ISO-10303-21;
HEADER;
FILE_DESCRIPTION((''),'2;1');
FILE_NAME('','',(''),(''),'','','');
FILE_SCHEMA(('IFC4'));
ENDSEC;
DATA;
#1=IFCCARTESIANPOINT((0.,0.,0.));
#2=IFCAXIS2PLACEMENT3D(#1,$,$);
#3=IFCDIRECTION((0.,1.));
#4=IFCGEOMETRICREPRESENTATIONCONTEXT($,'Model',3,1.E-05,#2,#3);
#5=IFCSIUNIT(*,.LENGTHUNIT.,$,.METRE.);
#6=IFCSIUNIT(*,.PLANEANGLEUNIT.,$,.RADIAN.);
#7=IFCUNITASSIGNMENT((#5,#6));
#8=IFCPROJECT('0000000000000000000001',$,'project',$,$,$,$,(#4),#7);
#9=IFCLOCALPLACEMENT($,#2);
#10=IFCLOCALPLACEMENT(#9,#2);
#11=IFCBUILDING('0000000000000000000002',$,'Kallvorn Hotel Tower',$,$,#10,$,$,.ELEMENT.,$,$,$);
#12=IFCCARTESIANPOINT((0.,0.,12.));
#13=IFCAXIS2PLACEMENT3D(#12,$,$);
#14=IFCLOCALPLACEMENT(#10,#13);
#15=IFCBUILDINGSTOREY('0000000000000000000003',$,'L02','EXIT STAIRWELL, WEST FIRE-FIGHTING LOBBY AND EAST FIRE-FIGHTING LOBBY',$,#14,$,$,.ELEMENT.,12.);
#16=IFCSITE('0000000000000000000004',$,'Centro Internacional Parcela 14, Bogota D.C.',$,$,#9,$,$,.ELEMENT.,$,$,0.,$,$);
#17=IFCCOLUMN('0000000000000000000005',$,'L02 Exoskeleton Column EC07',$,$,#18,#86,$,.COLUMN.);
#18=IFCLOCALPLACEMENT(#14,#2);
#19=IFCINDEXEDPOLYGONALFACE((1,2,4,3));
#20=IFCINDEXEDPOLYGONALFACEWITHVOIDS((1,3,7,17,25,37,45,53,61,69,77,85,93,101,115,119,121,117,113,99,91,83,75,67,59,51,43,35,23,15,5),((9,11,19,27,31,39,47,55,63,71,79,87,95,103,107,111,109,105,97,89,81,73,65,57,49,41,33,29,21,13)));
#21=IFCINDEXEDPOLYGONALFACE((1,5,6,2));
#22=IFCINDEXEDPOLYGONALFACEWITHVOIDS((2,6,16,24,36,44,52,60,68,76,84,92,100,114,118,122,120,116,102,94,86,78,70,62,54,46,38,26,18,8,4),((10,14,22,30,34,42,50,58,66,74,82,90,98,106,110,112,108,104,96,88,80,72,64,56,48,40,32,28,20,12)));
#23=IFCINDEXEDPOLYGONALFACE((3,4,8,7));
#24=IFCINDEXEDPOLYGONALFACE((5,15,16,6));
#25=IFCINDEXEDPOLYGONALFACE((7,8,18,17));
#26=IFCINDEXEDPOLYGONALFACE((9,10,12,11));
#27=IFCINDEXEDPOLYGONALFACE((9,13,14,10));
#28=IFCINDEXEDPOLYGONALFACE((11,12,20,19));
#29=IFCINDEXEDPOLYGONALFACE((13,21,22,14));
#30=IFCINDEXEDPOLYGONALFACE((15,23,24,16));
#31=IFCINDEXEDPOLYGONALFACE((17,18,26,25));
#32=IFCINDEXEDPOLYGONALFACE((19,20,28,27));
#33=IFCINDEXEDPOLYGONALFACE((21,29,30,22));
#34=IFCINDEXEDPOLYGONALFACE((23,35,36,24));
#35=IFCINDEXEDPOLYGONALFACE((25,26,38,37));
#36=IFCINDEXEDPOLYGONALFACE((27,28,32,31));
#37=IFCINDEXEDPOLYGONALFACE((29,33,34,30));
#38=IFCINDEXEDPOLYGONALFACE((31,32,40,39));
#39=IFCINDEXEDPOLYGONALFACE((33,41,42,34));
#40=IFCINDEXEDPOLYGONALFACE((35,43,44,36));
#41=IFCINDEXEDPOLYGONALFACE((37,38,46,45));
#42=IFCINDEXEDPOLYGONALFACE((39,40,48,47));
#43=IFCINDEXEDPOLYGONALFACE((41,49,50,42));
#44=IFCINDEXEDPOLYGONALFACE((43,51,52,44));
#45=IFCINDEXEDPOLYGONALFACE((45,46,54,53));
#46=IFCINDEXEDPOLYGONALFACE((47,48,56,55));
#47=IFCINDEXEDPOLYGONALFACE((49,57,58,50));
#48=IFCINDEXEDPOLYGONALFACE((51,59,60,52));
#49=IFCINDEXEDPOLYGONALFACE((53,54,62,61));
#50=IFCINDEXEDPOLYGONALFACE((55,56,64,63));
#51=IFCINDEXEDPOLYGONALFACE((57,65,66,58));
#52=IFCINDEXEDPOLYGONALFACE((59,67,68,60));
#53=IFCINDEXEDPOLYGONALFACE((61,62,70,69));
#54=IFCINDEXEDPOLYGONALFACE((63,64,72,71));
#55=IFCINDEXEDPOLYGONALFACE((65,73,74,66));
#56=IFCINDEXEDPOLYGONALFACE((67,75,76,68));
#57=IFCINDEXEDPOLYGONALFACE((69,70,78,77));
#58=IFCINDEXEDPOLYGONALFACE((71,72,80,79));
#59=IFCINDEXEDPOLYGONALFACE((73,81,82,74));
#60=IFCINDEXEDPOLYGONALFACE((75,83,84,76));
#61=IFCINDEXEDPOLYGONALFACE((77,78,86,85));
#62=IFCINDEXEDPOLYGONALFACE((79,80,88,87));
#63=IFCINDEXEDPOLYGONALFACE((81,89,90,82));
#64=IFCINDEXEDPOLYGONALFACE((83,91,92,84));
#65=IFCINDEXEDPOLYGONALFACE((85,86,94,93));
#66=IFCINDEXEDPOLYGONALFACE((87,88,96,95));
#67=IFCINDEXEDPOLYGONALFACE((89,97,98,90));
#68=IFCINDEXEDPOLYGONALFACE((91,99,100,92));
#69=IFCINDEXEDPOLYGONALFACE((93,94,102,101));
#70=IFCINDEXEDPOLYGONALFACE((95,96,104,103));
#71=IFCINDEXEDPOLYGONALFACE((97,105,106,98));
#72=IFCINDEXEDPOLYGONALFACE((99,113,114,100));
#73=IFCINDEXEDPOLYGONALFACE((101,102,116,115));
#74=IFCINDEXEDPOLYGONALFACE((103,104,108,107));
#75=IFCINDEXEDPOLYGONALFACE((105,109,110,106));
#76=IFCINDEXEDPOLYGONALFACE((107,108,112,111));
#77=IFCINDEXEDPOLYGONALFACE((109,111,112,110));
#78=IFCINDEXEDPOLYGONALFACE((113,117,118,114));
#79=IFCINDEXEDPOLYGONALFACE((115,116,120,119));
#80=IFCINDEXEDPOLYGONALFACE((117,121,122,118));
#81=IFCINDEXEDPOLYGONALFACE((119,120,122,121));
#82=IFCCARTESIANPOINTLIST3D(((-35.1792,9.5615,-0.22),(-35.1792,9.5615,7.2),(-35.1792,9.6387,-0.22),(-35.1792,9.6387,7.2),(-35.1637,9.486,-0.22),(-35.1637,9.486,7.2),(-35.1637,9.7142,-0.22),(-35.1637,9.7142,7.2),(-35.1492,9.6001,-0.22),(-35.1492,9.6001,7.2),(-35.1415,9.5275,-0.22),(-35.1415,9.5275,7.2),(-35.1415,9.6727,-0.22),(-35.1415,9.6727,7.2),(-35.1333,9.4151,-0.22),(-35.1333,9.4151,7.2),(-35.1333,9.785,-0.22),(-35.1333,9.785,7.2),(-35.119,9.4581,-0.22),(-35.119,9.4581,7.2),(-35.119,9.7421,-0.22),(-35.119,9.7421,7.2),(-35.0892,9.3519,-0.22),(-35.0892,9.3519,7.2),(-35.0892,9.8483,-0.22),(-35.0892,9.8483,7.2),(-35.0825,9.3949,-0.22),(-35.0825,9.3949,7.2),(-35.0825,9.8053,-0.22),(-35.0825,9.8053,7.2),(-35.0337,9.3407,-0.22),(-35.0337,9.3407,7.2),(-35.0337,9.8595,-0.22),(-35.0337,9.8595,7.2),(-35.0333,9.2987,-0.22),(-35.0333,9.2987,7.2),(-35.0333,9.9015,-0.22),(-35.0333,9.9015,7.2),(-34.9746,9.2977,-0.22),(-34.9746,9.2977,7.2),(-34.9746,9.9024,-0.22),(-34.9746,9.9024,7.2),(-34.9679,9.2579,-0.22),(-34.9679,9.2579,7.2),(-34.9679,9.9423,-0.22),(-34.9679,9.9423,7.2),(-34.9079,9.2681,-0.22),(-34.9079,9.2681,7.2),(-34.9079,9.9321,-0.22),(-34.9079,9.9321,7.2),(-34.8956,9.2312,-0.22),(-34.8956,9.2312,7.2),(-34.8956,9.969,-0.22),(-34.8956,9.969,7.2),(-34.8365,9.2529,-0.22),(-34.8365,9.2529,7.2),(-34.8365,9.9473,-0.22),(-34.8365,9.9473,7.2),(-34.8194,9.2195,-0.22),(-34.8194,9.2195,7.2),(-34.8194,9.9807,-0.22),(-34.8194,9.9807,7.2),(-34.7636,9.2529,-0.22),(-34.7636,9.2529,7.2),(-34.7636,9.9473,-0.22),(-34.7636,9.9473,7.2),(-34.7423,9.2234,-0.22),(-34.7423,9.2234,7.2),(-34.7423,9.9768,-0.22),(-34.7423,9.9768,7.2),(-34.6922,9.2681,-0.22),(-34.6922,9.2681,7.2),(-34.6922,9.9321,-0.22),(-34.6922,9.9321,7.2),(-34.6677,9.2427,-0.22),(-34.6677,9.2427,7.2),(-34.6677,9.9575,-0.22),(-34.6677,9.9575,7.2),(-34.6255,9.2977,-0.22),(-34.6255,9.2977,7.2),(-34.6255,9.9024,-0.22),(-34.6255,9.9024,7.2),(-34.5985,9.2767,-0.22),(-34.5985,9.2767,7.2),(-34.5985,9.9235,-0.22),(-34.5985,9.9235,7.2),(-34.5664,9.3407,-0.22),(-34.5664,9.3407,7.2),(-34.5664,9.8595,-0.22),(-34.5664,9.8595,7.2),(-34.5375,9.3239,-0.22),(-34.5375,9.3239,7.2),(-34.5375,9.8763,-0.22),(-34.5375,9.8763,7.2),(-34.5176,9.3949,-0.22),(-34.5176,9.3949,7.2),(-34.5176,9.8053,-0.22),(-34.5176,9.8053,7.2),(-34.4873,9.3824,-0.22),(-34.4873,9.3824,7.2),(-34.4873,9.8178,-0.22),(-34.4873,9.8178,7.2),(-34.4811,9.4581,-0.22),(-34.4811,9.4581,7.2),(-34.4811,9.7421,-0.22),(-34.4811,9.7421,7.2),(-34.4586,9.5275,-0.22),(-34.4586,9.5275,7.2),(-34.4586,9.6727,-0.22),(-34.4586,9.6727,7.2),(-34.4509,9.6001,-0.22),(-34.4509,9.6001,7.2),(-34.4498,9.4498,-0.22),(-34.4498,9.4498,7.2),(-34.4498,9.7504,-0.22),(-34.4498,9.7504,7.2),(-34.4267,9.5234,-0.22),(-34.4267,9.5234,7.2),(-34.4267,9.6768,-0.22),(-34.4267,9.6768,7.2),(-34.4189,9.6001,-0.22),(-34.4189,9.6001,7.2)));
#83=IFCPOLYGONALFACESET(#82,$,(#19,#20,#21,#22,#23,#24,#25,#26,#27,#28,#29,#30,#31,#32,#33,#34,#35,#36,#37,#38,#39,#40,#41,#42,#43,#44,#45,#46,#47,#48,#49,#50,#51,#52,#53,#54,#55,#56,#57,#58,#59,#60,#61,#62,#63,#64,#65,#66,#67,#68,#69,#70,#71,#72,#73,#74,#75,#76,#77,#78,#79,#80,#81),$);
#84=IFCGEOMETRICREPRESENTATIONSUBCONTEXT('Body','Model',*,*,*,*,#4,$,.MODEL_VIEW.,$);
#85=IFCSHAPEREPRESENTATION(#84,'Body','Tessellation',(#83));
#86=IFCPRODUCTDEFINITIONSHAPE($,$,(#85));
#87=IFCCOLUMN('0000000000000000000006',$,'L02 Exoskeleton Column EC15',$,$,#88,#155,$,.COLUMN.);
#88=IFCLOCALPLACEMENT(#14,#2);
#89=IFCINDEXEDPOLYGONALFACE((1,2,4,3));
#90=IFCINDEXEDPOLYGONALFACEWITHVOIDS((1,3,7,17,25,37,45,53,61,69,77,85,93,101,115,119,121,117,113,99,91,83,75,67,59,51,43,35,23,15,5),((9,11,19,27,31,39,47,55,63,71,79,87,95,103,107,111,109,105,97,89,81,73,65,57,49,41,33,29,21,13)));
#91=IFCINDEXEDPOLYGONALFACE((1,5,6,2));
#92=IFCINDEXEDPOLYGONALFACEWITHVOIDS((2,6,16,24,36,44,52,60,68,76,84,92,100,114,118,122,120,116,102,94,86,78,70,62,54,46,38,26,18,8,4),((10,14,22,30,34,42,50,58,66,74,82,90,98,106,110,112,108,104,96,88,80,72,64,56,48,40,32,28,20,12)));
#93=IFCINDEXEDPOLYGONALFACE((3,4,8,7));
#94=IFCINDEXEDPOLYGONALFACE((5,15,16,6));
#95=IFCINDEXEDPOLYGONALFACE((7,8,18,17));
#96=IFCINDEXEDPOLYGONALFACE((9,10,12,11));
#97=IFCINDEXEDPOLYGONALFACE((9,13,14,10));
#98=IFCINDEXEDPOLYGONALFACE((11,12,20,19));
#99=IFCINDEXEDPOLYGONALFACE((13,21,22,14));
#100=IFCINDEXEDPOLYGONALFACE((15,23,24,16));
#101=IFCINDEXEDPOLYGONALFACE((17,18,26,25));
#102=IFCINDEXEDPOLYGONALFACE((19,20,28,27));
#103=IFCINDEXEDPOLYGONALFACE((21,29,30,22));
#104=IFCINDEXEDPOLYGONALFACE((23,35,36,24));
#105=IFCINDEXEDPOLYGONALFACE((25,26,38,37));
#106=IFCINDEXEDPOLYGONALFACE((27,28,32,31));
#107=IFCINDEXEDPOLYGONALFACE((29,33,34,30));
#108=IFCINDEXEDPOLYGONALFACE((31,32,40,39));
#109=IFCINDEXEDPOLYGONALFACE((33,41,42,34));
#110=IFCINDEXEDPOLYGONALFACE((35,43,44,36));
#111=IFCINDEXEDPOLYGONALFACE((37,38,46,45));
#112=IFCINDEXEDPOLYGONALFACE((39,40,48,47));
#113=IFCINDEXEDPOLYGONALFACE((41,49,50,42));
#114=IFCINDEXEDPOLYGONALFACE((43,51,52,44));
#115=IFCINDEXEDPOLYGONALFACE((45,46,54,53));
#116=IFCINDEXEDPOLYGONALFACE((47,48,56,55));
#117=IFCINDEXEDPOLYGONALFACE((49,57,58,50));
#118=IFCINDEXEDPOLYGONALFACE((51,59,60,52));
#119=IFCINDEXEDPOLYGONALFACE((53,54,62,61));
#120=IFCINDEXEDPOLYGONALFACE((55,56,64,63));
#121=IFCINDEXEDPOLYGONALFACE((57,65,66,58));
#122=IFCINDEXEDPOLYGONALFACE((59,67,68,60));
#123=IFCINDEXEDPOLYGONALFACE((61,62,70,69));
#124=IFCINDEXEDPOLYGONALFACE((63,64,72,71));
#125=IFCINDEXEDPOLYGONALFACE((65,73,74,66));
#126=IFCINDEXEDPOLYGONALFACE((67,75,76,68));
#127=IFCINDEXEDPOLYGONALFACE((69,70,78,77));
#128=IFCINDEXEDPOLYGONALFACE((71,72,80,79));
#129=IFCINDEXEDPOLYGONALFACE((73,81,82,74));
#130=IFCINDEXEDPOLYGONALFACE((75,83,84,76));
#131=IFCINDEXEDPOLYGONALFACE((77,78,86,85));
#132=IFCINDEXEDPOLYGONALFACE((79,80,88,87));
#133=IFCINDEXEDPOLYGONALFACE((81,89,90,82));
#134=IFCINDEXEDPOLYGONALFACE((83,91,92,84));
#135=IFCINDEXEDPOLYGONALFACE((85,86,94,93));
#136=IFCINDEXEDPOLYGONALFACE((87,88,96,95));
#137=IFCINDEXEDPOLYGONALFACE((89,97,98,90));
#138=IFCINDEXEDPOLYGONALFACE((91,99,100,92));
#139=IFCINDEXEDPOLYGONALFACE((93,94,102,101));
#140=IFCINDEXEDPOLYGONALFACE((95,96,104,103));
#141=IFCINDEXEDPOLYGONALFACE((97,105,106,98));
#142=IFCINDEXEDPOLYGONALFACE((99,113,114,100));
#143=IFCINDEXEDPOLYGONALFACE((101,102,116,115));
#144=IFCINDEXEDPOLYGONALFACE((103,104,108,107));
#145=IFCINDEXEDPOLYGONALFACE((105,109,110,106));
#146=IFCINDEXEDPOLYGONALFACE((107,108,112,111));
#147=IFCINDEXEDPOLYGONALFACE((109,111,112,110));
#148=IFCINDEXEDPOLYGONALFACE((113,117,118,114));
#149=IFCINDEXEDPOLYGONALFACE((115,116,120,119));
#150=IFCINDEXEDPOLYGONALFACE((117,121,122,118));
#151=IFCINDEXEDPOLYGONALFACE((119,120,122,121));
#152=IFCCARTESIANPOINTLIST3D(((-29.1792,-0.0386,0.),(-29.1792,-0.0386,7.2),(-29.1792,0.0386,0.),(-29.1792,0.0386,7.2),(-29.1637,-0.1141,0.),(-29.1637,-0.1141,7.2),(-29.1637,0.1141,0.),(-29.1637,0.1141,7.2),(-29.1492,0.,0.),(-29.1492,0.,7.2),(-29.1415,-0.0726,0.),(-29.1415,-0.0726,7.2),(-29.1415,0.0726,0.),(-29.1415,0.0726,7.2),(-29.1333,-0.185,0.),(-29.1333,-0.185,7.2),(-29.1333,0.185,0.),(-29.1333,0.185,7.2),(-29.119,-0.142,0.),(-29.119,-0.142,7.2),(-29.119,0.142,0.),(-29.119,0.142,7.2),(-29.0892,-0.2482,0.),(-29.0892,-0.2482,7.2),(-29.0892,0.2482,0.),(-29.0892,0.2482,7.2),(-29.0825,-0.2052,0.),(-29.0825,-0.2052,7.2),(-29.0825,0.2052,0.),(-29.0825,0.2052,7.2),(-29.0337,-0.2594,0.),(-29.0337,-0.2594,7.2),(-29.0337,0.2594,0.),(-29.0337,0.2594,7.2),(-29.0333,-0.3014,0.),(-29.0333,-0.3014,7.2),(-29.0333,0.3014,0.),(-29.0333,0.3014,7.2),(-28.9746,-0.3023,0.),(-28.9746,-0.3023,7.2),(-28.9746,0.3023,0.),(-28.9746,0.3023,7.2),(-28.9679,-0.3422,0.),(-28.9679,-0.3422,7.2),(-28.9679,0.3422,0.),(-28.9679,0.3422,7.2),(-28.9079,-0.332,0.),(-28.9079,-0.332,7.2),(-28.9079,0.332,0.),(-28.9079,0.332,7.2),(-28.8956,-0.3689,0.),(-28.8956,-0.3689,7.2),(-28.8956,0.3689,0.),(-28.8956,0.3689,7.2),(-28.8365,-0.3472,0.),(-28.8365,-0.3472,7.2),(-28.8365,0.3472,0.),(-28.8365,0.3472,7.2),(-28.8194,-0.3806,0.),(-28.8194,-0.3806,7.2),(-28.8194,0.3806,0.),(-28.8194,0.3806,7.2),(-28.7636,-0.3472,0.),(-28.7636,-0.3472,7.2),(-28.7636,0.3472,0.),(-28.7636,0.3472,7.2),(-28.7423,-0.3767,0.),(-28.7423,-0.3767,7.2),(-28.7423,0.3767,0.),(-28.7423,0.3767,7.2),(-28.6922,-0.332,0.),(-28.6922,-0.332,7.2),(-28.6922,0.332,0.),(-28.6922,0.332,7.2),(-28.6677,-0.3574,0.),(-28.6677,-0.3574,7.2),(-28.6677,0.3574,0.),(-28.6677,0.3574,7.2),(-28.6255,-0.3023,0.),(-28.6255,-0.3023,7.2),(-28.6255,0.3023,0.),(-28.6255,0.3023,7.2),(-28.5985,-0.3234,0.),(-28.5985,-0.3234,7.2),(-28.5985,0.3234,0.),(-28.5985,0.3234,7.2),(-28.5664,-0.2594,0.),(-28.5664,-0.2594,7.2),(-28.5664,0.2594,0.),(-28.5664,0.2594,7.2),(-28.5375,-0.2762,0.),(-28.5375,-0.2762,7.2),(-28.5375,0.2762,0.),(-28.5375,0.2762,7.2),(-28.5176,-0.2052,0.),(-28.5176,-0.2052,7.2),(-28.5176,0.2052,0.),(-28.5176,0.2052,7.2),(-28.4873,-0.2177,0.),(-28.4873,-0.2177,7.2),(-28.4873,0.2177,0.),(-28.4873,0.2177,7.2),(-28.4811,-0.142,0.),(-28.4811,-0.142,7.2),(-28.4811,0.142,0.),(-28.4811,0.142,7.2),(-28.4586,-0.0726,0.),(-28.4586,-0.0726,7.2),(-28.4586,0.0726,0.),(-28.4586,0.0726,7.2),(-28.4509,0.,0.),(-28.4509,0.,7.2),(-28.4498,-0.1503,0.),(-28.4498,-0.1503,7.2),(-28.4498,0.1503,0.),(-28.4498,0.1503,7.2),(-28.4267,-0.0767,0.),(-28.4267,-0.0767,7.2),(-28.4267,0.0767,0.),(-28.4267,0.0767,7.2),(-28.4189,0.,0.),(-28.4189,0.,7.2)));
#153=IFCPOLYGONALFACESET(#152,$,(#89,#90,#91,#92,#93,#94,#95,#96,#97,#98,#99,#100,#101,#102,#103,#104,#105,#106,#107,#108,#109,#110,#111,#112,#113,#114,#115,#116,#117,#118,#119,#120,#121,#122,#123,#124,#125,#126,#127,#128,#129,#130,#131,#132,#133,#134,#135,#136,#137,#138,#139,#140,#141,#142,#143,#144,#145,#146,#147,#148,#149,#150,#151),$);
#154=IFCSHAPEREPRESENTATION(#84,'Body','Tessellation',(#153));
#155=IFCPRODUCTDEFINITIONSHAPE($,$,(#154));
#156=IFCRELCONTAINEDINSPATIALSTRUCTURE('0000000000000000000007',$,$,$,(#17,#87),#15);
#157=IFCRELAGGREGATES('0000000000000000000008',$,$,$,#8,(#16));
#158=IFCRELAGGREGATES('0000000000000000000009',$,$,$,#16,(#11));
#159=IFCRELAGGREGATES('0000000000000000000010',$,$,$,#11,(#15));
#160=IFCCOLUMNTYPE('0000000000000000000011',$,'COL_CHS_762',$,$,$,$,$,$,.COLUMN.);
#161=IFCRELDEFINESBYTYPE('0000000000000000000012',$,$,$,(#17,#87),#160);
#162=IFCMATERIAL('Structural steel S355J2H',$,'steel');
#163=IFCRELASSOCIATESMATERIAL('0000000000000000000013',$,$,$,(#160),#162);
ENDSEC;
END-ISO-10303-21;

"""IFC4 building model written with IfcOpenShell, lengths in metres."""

from ifc_helpers import new_model, si_unit, direction, frame, origin, origin_2d, place, context, subcontext, project, spatial, hollow_circle, extrude, material, material_profile, profile_set, type_object, element, save


model = new_model("IFC4")

# Units and contexts
model_context = context("Model", 3, precision=1e-05, world=origin(), true_north=direction((0.0, 1.0)))
body_context = subcontext(model_context, "Body", "Model", "MODEL_VIEW")
ifc_project = project(units=[si_unit("LENGTHUNIT", "METRE"), si_unit("PLANEANGLEUNIT", "RADIAN")], contexts=[model_context])

# Site, building, storey
site_placement = place(None, origin())
site = spatial("IfcSite", under=ifc_project, at=site_placement, Name="Centro Internacional Parcela 14, Bogota D.C.", CompositionType="ELEMENT", RefElevation=0.0)
building_placement = place(site_placement, origin())
building = spatial("IfcBuilding", under=site, at=building_placement, Name="Kallvorn Hotel Tower", CompositionType="ELEMENT")
storey_placement = place(building_placement, frame((0.0, 0.0, 12.0)))
storey = spatial("IfcBuildingStorey", under=building, at=storey_placement, Name="L02", Description="EXIT STAIRWELL, WEST FIRE-FIGHTING LOBBY AND EAST FIRE-FIGHTING LOBBY", CompositionType="ELEMENT", Elevation=12.0)

# Columns
ifc_material_1 = material(Name="Structural steel S355J2H", Category="steel")
ifc_material_profile_1 = material_profile(ifc_material_1, hollow_circle(Radius=0.3811, WallThickness=0.032, at=origin_2d()), Name="CHS 762x32")
ifc_profile_set_1 = profile_set([ifc_material_profile_1], Name="Structural steel S355J2H")
column_type = type_object("IfcColumnType", Name="COL_CHS_762", PredefinedType="COLUMN", material=ifc_profile_set_1)
for number, where, z_axis, x_axis, name in (
    (1, (-34.8, 9.6001, -0.22), (0.0, 0.0, 1.0), (1.0, 0.0, 0.0), "L02 Exoskeleton Column EC07"),
):
    element("IfcColumn", number, at=place(storey_placement, frame(where, z_axis=z_axis, x_axis=x_axis)), inside=storey, type_object=column_type, Name=name, PredefinedType="COLUMN", context=body_context, shape_type="SweptSolid", body=[
        extrude(hollow_circle(Radius=0.3811, WallThickness=0.032, at=origin_2d()), origin(), (0.0, 0.0, 1.0), 7.4199),
    ])
for number, where, z_axis, x_axis, name in (
    (2, (-28.8, 0.0, 0.0), (0.0, 0.0, 1.0), (1.0, 0.0, 0.0), "L02 Exoskeleton Column EC15"),
):
    element("IfcColumn", number, at=place(storey_placement, frame(where, z_axis=z_axis, x_axis=x_axis)), inside=storey, type_object=column_type, Name=name, PredefinedType="COLUMN", context=body_context, shape_type="SweptSolid", body=[
        extrude(hollow_circle(Radius=0.3811, WallThickness=0.032, at=origin_2d()), origin(), (0.0, 0.0, 1.0), 7.2),
    ])

save(model, "model.ifc")
